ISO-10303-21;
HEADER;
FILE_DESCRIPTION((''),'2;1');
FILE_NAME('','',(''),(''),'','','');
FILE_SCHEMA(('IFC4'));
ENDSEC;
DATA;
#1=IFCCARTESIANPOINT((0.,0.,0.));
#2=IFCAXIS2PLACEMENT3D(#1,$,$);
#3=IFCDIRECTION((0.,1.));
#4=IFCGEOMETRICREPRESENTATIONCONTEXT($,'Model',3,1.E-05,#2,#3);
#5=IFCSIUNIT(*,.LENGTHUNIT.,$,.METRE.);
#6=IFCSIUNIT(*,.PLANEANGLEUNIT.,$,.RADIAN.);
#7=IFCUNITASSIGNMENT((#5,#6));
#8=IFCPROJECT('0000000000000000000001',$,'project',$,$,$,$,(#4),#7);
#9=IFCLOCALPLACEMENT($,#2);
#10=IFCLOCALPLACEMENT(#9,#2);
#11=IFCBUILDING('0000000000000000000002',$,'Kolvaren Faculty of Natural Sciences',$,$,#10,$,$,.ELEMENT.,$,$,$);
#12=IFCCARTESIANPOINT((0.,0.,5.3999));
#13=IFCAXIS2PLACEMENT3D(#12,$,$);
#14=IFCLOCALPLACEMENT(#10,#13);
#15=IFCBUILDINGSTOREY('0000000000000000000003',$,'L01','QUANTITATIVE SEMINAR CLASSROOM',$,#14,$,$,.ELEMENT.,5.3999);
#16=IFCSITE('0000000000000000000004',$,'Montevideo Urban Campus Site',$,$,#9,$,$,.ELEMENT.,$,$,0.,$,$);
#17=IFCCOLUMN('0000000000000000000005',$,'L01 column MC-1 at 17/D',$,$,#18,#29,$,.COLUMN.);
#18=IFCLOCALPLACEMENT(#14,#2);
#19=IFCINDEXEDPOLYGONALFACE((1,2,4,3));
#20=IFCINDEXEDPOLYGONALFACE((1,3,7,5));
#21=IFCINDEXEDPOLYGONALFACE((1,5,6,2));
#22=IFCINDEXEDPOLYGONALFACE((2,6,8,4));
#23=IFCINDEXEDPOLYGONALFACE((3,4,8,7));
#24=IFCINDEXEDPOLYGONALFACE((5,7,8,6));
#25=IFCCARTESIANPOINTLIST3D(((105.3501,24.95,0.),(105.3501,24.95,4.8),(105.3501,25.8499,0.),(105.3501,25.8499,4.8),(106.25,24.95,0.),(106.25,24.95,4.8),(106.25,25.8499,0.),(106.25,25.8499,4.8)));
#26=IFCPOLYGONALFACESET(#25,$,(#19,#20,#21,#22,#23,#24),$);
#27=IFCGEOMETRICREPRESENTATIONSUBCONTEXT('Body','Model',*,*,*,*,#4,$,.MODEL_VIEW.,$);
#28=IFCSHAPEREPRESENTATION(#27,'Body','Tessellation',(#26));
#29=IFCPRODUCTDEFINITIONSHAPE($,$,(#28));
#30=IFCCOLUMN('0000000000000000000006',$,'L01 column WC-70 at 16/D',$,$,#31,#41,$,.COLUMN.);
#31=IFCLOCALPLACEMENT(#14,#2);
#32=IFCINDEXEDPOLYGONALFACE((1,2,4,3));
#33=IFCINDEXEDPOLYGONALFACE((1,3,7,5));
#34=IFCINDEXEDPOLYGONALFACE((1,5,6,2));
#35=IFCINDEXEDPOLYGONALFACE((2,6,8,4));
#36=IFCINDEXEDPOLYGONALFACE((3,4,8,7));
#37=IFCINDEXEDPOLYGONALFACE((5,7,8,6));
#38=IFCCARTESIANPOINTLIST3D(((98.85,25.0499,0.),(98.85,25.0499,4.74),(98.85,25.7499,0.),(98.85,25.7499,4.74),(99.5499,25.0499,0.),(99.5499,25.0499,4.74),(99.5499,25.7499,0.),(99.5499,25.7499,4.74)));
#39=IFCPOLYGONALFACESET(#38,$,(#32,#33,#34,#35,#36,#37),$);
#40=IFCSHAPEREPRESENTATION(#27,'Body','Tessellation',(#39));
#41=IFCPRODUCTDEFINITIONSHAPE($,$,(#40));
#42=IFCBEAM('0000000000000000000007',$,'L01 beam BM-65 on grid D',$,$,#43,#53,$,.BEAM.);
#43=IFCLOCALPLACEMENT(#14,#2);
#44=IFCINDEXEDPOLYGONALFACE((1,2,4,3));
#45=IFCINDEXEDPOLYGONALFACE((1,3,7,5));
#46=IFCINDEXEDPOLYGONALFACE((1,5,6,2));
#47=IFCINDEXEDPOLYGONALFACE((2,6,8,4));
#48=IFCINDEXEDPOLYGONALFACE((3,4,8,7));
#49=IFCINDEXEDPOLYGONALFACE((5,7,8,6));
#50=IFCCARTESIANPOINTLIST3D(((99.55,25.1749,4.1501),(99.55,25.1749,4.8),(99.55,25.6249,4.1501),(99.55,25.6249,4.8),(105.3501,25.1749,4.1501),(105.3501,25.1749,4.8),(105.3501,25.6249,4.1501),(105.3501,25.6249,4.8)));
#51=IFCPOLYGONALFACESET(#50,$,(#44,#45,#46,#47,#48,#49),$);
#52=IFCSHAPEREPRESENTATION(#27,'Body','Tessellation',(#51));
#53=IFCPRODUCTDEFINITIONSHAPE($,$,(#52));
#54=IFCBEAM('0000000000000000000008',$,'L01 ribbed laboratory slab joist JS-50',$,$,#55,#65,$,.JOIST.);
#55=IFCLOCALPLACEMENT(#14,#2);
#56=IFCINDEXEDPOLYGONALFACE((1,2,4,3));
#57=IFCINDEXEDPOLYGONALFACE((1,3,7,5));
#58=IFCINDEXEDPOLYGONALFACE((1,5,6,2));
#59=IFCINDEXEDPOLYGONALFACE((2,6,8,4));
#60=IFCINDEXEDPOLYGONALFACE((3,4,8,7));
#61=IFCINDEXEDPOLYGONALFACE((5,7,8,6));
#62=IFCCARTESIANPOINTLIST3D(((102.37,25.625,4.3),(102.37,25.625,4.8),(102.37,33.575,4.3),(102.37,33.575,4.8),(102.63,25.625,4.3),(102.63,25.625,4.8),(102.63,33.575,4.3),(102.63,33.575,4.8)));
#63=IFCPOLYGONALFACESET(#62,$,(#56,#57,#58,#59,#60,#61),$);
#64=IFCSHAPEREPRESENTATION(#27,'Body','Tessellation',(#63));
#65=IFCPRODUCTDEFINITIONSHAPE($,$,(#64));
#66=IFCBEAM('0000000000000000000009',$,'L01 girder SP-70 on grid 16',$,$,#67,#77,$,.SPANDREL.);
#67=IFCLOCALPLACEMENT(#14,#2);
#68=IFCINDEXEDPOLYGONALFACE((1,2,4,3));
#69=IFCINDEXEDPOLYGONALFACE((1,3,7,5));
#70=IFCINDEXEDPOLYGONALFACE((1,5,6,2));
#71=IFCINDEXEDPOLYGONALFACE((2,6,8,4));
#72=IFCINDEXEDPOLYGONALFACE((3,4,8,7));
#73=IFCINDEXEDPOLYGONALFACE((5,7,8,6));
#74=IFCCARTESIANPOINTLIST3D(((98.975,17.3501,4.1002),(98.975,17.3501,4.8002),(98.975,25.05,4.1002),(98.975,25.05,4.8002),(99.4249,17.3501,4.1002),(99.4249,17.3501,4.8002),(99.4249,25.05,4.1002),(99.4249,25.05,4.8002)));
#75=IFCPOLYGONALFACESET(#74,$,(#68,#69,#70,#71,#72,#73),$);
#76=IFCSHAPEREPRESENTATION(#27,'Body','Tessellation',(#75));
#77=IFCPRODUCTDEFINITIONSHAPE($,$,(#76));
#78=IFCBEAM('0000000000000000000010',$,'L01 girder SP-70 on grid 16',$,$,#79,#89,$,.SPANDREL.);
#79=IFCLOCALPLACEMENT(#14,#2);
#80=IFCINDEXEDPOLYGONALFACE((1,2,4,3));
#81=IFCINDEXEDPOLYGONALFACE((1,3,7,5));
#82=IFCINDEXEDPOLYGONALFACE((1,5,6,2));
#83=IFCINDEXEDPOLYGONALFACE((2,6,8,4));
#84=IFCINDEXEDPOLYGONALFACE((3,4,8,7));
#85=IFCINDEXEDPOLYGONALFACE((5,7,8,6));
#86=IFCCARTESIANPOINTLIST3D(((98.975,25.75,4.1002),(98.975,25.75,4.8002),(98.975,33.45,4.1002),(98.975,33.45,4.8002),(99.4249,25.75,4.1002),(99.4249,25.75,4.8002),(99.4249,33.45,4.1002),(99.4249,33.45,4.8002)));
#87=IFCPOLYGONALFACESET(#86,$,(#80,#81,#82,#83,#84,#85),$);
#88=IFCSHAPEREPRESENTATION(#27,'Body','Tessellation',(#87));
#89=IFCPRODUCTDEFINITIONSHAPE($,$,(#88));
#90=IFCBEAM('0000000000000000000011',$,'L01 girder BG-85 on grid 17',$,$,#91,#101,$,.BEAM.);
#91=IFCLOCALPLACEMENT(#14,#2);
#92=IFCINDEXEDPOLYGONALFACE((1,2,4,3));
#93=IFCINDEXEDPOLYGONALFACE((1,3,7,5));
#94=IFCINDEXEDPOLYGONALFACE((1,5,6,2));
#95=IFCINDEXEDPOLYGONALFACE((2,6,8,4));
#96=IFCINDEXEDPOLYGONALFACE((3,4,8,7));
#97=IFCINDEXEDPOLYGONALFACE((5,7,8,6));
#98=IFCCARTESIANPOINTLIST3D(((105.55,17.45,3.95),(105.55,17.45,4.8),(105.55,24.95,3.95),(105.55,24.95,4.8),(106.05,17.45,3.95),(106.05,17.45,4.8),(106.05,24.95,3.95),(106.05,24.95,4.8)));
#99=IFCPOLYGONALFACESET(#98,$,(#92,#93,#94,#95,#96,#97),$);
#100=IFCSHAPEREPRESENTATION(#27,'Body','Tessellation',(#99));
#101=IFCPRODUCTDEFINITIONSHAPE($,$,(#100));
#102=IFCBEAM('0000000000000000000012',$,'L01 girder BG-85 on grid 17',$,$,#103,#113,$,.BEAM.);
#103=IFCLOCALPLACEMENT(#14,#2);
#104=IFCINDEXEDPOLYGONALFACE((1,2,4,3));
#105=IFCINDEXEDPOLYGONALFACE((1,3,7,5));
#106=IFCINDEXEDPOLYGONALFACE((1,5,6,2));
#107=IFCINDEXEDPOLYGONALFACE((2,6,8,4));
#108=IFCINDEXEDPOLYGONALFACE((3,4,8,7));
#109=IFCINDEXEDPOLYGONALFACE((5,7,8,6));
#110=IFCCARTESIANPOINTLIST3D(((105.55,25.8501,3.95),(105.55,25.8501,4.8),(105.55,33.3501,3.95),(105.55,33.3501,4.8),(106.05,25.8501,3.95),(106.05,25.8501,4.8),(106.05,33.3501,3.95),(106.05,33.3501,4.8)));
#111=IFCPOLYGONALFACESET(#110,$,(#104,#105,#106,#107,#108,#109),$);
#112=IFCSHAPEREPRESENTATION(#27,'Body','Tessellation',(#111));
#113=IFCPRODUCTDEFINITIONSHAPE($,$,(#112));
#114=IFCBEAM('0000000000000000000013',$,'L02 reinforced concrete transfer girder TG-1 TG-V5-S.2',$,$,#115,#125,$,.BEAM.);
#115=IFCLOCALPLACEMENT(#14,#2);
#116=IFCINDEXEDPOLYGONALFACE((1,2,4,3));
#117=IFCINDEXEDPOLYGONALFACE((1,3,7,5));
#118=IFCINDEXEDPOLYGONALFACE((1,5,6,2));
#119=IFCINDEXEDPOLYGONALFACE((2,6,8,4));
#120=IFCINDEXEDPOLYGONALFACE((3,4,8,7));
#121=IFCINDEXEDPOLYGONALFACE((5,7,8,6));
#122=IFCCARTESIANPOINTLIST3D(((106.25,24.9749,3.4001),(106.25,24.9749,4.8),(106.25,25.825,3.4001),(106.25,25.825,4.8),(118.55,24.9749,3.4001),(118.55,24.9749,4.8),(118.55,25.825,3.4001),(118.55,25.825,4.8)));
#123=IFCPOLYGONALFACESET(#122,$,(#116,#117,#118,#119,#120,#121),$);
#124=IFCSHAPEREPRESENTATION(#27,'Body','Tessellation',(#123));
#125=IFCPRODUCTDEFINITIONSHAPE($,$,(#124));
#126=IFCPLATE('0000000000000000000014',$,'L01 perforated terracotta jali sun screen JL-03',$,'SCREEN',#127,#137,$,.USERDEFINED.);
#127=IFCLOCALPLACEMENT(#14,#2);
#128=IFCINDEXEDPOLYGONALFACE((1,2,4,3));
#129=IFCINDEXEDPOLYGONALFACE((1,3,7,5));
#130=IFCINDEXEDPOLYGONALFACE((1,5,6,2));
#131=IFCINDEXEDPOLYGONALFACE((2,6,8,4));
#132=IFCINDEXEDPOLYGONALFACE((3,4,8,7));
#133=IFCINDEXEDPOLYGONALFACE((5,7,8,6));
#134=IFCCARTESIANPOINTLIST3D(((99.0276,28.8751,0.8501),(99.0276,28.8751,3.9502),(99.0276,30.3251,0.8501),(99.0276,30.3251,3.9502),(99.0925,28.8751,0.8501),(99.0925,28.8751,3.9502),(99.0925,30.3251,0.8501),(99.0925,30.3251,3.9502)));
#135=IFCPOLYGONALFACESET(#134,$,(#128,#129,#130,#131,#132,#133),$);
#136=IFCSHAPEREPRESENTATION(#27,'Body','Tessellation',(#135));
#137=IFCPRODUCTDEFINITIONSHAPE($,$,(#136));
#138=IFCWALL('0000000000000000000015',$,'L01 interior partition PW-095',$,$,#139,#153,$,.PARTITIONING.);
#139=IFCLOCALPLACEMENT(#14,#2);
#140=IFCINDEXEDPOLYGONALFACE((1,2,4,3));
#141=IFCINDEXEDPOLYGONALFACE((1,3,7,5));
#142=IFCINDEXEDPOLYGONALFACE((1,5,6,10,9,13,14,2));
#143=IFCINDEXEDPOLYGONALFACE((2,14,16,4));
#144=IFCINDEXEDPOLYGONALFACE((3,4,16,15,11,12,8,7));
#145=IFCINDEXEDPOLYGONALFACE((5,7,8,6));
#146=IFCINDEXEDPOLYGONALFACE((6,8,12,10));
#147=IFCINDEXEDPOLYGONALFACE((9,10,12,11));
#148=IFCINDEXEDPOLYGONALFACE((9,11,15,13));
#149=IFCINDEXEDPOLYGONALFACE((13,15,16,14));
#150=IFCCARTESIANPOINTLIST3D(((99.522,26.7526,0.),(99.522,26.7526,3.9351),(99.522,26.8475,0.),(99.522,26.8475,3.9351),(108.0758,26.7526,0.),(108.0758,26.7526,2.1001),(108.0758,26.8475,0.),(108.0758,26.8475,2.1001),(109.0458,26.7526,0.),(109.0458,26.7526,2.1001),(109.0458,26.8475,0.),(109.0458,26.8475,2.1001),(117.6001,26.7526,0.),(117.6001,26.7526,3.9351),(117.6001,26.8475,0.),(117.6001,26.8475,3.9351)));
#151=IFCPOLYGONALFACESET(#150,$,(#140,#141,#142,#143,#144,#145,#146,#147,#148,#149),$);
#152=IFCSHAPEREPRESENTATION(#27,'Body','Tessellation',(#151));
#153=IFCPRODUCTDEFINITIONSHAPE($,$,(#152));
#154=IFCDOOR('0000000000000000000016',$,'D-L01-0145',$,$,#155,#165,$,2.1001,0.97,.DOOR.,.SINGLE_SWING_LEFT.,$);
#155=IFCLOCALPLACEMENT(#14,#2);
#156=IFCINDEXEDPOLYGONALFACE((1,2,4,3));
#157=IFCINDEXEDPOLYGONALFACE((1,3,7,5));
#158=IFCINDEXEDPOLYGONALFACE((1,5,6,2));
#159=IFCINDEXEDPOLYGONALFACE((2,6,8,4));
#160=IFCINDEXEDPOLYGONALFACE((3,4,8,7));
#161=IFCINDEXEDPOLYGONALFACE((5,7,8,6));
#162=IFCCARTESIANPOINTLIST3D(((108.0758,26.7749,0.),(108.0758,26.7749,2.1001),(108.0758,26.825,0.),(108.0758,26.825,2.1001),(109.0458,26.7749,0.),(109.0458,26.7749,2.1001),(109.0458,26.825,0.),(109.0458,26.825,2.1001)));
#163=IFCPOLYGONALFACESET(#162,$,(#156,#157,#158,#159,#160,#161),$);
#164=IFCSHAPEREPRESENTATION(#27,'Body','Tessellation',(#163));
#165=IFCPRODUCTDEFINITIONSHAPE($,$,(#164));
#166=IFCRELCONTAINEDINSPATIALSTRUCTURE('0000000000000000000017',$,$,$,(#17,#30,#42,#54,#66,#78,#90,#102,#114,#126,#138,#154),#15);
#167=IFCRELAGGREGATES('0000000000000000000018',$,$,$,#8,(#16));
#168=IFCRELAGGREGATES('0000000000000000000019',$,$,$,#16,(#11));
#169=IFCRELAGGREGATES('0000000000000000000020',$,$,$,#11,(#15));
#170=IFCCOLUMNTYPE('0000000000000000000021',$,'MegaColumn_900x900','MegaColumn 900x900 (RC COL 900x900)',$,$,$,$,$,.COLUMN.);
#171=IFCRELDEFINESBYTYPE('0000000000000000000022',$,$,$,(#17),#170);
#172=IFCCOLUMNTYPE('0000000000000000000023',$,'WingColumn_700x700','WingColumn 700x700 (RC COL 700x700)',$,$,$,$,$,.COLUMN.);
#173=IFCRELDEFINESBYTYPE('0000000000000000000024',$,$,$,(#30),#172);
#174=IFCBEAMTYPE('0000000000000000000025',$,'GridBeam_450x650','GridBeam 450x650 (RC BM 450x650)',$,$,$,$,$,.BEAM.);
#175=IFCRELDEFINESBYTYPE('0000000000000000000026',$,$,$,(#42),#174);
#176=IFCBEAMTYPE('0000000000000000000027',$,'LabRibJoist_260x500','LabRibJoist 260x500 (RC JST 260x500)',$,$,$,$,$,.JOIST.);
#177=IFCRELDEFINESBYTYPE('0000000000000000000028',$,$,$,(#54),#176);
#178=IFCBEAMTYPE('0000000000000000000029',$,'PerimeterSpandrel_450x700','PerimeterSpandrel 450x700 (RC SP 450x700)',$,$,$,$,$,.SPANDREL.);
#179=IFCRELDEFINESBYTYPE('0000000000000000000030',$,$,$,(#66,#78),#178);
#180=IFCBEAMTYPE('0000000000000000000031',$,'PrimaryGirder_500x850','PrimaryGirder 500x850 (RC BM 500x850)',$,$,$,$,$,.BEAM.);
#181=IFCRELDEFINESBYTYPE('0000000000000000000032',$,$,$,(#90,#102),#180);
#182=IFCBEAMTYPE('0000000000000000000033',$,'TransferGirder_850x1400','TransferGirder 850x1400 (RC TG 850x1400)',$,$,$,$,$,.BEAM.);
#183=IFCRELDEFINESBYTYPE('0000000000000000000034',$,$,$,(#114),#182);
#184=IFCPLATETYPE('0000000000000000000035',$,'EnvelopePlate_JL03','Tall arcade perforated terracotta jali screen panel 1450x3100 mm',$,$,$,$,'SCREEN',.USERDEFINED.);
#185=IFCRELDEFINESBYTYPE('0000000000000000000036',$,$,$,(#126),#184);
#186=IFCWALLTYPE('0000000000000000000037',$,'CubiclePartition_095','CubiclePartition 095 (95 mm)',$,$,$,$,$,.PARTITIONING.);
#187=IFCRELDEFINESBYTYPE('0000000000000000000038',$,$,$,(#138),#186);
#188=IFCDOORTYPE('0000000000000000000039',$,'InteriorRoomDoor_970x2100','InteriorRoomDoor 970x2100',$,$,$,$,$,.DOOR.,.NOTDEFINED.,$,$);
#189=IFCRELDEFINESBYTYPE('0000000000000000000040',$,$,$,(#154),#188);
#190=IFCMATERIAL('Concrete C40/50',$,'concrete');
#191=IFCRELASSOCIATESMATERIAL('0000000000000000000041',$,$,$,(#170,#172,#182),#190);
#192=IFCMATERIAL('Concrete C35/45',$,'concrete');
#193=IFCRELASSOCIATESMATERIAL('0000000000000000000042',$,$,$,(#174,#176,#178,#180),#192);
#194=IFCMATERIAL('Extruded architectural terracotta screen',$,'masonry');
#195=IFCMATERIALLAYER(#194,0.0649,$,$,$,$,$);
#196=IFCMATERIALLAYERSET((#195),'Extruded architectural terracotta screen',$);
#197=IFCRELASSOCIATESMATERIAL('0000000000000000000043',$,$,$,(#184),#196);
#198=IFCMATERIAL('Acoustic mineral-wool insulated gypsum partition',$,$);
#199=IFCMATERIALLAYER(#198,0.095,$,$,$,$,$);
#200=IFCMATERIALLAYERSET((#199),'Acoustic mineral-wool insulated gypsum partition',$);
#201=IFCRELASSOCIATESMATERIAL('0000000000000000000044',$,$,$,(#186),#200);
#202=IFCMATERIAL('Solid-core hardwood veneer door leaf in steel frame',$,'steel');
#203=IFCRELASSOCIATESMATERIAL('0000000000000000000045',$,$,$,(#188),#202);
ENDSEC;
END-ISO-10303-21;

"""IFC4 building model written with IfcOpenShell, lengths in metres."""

from ifc_helpers import new_model, si_unit, direction, frame, frame_2d, origin, origin_2d, place, context, subcontext, project, spatial, rectangle, extrude, material, layer, layer_set, material_profile, profile_set, type_object, element, fill, save


model = new_model("IFC4")

# Units and contexts
model_context = context("Model", 3, precision=1e-05, world=origin(), true_north=direction((0.0, 1.0)))
body_context = subcontext(model_context, "Body", "Model", "MODEL_VIEW")
ifc_project = project(units=[si_unit("LENGTHUNIT", "METRE"), si_unit("PLANEANGLEUNIT", "RADIAN")], contexts=[model_context])

# Site, building, storey
site_placement = place(None, origin())
site = spatial("IfcSite", under=ifc_project, at=site_placement, Name="Montevideo Urban Campus Site", CompositionType="ELEMENT", RefElevation=0.0)
building_placement = place(site_placement, origin())
building = spatial("IfcBuilding", under=site, at=building_placement, Name="Kolvaren Faculty of Natural Sciences", CompositionType="ELEMENT")
storey_placement = place(building_placement, frame((0.0, 0.0, 5.3999)))
storey = spatial("IfcBuildingStorey", under=building, at=storey_placement, Name="L01", Description="QUANTITATIVE SEMINAR CLASSROOM", CompositionType="ELEMENT", Elevation=5.3999)

# Columns
ifc_material_1 = material(Name="Concrete C40/50", Category="concrete")
ifc_material_profile_1 = material_profile(ifc_material_1, rectangle(XDim=0.8999, YDim=0.8999, at=origin_2d()), Name="RC COL 900x900")
ifc_profile_set_1 = profile_set([ifc_material_profile_1], Name="Concrete C40/50")
column_type_1 = type_object("IfcColumnType", Name="MegaColumn_900x900", Description="MegaColumn 900x900 (RC COL 900x900)", PredefinedType="COLUMN", material=ifc_profile_set_1)
column_1_placement = place(storey_placement, frame((105.8, 25.3999, 0.0), z_axis=(0.0, 0.0, 1.0), x_axis=(1.0, 0.0, 0.0)))
element("IfcColumn", 1, at=column_1_placement, inside=storey, type_object=column_type_1, Name="L01 column MC-1 at 17/D", PredefinedType="COLUMN", context=body_context, shape_type="SweptSolid", body=[
    extrude(rectangle(XDim=0.8999, YDim=0.8999, at=origin_2d()), origin(), (0.0, 0.0, 1.0), 4.8),
])
ifc_material_profile_2 = material_profile(ifc_material_1, rectangle(XDim=0.7, YDim=0.7, at=origin_2d()), Name="RC COL 700x700")
ifc_profile_set_2 = profile_set([ifc_material_profile_2], Name="Concrete C40/50")
column_type_2 = type_object("IfcColumnType", Name="WingColumn_700x700", Description="WingColumn 700x700 (RC COL 700x700)", PredefinedType="COLUMN", material=ifc_profile_set_2)
column_2_placement = place(storey_placement, frame((99.2, 25.3999, 0.0), z_axis=(0.0, 0.0, 1.0), x_axis=(1.0, 0.0, 0.0)))
element("IfcColumn", 2, at=column_2_placement, inside=storey, type_object=column_type_2, Name="L01 column WC-70 at 16/D", PredefinedType="COLUMN", context=body_context, shape_type="SweptSolid", body=[
    extrude(rectangle(XDim=0.7, YDim=0.7, at=origin_2d()), origin(), (0.0, 0.0, 1.0), 4.74),
])

# Beams
ifc_material_2 = material(Name="Concrete C35/45", Category="concrete")
ifc_material_profile_3 = material_profile(ifc_material_2, rectangle(XDim=0.45, YDim=0.6499, at=origin_2d()), Name="RC BM 450x650")
ifc_profile_set_3 = profile_set([ifc_material_profile_3], Name="Concrete C35/45")
beam_type_1 = type_object("IfcBeamType", Name="GridBeam_450x650", Description="GridBeam 450x650 (RC BM 450x650)", PredefinedType="BEAM", material=ifc_profile_set_3)
beam_1_placement = place(storey_placement, frame((99.55, 25.3999, 4.4751), z_axis=(1.0, 0.0, 0.0), x_axis=(0.0, 1.0, 0.0)))
element("IfcBeam", 3, at=beam_1_placement, inside=storey, type_object=beam_type_1, Name="L01 beam BM-65 on grid D", PredefinedType="BEAM", context=body_context, shape_type="SweptSolid", body=[
    extrude(rectangle(XDim=0.45, YDim=0.6499, at=origin_2d()), origin(), (0.0, 0.0, 1.0), 5.8),
])
ifc_material_profile_4 = material_profile(ifc_material_2, rectangle(XDim=0.26, YDim=0.5, at=origin_2d()), Name="RC JST 260x500")
ifc_profile_set_4 = profile_set([ifc_material_profile_4], Name="Concrete C35/45")
beam_type_2 = type_object("IfcBeamType", Name="LabRibJoist_260x500", Description="LabRibJoist 260x500 (RC JST 260x500)", PredefinedType="JOIST", material=ifc_profile_set_4)
beam_2_placement = place(storey_placement, frame((102.5, 25.625, 4.55), z_axis=(0.0, 1.0, 0.0), x_axis=(-1.0, 0.0, 0.0)))
element("IfcBeam", 4, at=beam_2_placement, inside=storey, type_object=beam_type_2, Name="L01 ribbed laboratory slab joist JS-50", PredefinedType="JOIST", context=body_context, shape_type="SweptSolid", body=[
    extrude(rectangle(XDim=0.26, YDim=0.5, at=origin_2d()), origin(), (0.0, 0.0, 1.0), 7.95),
])
ifc_material_profile_5 = material_profile(ifc_material_2, rectangle(XDim=0.45, YDim=0.7, at=origin_2d()), Name="RC SP 450x700")
ifc_profile_set_5 = profile_set([ifc_material_profile_5], Name="Concrete C35/45")
beam_type_3 = type_object("IfcBeamType", Name="PerimeterSpandrel_450x700", Description="PerimeterSpandrel 450x700 (RC SP 450x700)", PredefinedType="SPANDREL", material=ifc_profile_set_5)
for number, where, z_axis, x_axis, name in (
    (5, (99.2, 17.3501, 4.4502), (0.0, 1.0, 0.0), (-1.0, 0.0, 0.0), "L01 girder SP-70 on grid 16"),
    (6, (99.2, 25.75, 4.4502), (0.0, 1.0, 0.0), (-1.0, 0.0, 0.0), "L01 girder SP-70 on grid 16"),
):
    element("IfcBeam", number, at=place(storey_placement, frame(where, z_axis=z_axis, x_axis=x_axis)), inside=storey, type_object=beam_type_3, Name=name, PredefinedType="SPANDREL", context=body_context, shape_type="SweptSolid", body=[
        extrude(rectangle(XDim=0.45, YDim=0.7, at=origin_2d()), origin(), (0.0, 0.0, 1.0), 7.7),
    ])
ifc_material_profile_6 = material_profile(ifc_material_2, rectangle(XDim=0.5, YDim=0.8501, at=origin_2d()), Name="RC BM 500x850")
ifc_profile_set_6 = profile_set([ifc_material_profile_6], Name="Concrete C35/45")
beam_type_4 = type_object("IfcBeamType", Name="PrimaryGirder_500x850", Description="PrimaryGirder 500x850 (RC BM 500x850)", PredefinedType="BEAM", material=ifc_profile_set_6)
for number, where, z_axis, x_axis, name in (
    (7, (105.8, 17.45, 4.375), (0.0, 1.0, 0.0), (-1.0, 0.0, 0.0), "L01 girder BG-85 on grid 17"),
    (8, (105.8, 25.8501, 4.375), (0.0, 1.0, 0.0), (-1.0, 0.0, 0.0), "L01 girder BG-85 on grid 17"),
):
    element("IfcBeam", number, at=place(storey_placement, frame(where, z_axis=z_axis, x_axis=x_axis)), inside=storey, type_object=beam_type_4, Name=name, PredefinedType="BEAM", context=body_context, shape_type="SweptSolid", body=[
        extrude(rectangle(XDim=0.5, YDim=0.8501, at=origin_2d()), origin(), (0.0, 0.0, 1.0), 7.5),
    ])
ifc_material_profile_7 = material_profile(ifc_material_1, rectangle(XDim=0.8501, YDim=1.3999, at=origin_2d()), Name="RC TG 850x1400")
ifc_profile_set_7 = profile_set([ifc_material_profile_7], Name="Concrete C40/50")
beam_type_5 = type_object("IfcBeamType", Name="TransferGirder_850x1400", Description="TransferGirder 850x1400 (RC TG 850x1400)", PredefinedType="BEAM", material=ifc_profile_set_7)
beam_3_placement = place(storey_placement, frame((106.25, 25.3999, 4.1001), z_axis=(1.0, 0.0, 0.0), x_axis=(0.0, 1.0, 0.0)))
element("IfcBeam", 9, at=beam_3_placement, inside=storey, type_object=beam_type_5, Name="L02 reinforced concrete transfer girder TG-1 TG-V5-S.2", PredefinedType="BEAM", context=body_context, shape_type="SweptSolid", body=[
    extrude(rectangle(XDim=0.8501, YDim=1.3999, at=origin_2d()), origin(), (0.0, 0.0, 1.0), 12.3),
])

# Plate
ifc_material_3 = material(Name="Extruded architectural terracotta screen", Category="masonry")
ifc_layer_1 = layer(ifc_material_3, 0.0649)
ifc_layer_set_1 = layer_set([ifc_layer_1], Name="Extruded architectural terracotta screen")
plate_type = type_object("IfcPlateType", Name="EnvelopePlate_JL03", Description="Tall arcade perforated terracotta jali screen panel 1450x3100 mm", ElementType="SCREEN", PredefinedType="USERDEFINED", material=ifc_layer_set_1)
plate_placement = place(storey_placement, frame((99.0601, 29.6001, 0.8501), z_axis=(0.0, 0.0, 1.0), x_axis=(0.0, 1.0, 0.0)))
element("IfcPlate", 10, at=plate_placement, inside=storey, type_object=plate_type, Name="L01 perforated terracotta jali sun screen JL-03", ObjectType="SCREEN", PredefinedType="USERDEFINED", context=body_context, shape_type="SweptSolid", body=[
    extrude(rectangle(XDim=1.45, YDim=0.0649, at=origin_2d()), origin(), (0.0, 0.0, 1.0), 3.1001),
])

# Wall, opening, door
ifc_material_4 = material(Name="Acoustic mineral-wool insulated gypsum partition")
ifc_layer_2 = layer(ifc_material_4, 0.095)
ifc_layer_set_2 = layer_set([ifc_layer_2], Name="Acoustic mineral-wool insulated gypsum partition")
wall_type_1 = type_object("IfcWallType", Name="CubiclePartition_095", Description="CubiclePartition 095 (95 mm)", PredefinedType="PARTITIONING", material=ifc_layer_set_2)
wall_1_placement = place(storey_placement, frame((99.522, 26.8, 0.0), z_axis=(0.0, 0.0, 1.0), x_axis=(1.0, 0.0, 0.0)))
wall_1 = element("IfcWall", 11, at=wall_1_placement, inside=storey, type_object=wall_type_1, Name="L01 interior partition PW-095", PredefinedType="PARTITIONING", context=body_context, shape_type="SweptSolid", body=[
    extrude(rectangle(XDim=18.0781, YDim=0.095, at=frame_2d((9.0391, 0.0))), origin(), (0.0, 0.0, 1.0), 3.9351),
])
opening_1_placement = place(wall_1_placement, frame((8.554, 0.0, 0.0)))
opening_1 = element("IfcOpeningElement", 12, at=opening_1_placement, cuts=wall_1, PredefinedType="OPENING", context=body_context, shape_type="SweptSolid", body=[
    extrude(rectangle(XDim=0.97, YDim=2.1001, at=frame_2d((0.4849, 1.05))), frame((0.0, 0.0574, 0.0), z_axis=(0.0, -1.0, 0.0), x_axis=(1.0, 0.0, 0.0)), (0.0, 0.0, 1.0), 0.115),
])
ifc_material_5 = material(Name="Solid-core hardwood veneer door leaf in steel frame", Category="steel")
door_type = type_object("IfcDoorType", Name="InteriorRoomDoor_970x2100", Description="InteriorRoomDoor 970x2100", OperationType="NOTDEFINED", PredefinedType="DOOR", material=ifc_material_5)
door_placement = place(opening_1_placement, origin())
door = element("IfcDoor", 13, at=door_placement, inside=storey, type_object=door_type, Name="D-L01-0145", OperationType="SINGLE_SWING_LEFT", OverallHeight=2.1001, OverallWidth=0.97, PredefinedType="DOOR", context=body_context, shape_type="SweptSolid", body=[
    extrude(rectangle(XDim=0.97, YDim=2.1001, at=frame_2d((0.4849, 1.05))), frame((0.0, 0.0249, 0.0), z_axis=(0.0, -1.0, 0.0), x_axis=(1.0, 0.0, 0.0)), (0.0, 0.0, 1.0), 0.05),
])
fill(opening_1, door)

save(model, "model.ifc")
